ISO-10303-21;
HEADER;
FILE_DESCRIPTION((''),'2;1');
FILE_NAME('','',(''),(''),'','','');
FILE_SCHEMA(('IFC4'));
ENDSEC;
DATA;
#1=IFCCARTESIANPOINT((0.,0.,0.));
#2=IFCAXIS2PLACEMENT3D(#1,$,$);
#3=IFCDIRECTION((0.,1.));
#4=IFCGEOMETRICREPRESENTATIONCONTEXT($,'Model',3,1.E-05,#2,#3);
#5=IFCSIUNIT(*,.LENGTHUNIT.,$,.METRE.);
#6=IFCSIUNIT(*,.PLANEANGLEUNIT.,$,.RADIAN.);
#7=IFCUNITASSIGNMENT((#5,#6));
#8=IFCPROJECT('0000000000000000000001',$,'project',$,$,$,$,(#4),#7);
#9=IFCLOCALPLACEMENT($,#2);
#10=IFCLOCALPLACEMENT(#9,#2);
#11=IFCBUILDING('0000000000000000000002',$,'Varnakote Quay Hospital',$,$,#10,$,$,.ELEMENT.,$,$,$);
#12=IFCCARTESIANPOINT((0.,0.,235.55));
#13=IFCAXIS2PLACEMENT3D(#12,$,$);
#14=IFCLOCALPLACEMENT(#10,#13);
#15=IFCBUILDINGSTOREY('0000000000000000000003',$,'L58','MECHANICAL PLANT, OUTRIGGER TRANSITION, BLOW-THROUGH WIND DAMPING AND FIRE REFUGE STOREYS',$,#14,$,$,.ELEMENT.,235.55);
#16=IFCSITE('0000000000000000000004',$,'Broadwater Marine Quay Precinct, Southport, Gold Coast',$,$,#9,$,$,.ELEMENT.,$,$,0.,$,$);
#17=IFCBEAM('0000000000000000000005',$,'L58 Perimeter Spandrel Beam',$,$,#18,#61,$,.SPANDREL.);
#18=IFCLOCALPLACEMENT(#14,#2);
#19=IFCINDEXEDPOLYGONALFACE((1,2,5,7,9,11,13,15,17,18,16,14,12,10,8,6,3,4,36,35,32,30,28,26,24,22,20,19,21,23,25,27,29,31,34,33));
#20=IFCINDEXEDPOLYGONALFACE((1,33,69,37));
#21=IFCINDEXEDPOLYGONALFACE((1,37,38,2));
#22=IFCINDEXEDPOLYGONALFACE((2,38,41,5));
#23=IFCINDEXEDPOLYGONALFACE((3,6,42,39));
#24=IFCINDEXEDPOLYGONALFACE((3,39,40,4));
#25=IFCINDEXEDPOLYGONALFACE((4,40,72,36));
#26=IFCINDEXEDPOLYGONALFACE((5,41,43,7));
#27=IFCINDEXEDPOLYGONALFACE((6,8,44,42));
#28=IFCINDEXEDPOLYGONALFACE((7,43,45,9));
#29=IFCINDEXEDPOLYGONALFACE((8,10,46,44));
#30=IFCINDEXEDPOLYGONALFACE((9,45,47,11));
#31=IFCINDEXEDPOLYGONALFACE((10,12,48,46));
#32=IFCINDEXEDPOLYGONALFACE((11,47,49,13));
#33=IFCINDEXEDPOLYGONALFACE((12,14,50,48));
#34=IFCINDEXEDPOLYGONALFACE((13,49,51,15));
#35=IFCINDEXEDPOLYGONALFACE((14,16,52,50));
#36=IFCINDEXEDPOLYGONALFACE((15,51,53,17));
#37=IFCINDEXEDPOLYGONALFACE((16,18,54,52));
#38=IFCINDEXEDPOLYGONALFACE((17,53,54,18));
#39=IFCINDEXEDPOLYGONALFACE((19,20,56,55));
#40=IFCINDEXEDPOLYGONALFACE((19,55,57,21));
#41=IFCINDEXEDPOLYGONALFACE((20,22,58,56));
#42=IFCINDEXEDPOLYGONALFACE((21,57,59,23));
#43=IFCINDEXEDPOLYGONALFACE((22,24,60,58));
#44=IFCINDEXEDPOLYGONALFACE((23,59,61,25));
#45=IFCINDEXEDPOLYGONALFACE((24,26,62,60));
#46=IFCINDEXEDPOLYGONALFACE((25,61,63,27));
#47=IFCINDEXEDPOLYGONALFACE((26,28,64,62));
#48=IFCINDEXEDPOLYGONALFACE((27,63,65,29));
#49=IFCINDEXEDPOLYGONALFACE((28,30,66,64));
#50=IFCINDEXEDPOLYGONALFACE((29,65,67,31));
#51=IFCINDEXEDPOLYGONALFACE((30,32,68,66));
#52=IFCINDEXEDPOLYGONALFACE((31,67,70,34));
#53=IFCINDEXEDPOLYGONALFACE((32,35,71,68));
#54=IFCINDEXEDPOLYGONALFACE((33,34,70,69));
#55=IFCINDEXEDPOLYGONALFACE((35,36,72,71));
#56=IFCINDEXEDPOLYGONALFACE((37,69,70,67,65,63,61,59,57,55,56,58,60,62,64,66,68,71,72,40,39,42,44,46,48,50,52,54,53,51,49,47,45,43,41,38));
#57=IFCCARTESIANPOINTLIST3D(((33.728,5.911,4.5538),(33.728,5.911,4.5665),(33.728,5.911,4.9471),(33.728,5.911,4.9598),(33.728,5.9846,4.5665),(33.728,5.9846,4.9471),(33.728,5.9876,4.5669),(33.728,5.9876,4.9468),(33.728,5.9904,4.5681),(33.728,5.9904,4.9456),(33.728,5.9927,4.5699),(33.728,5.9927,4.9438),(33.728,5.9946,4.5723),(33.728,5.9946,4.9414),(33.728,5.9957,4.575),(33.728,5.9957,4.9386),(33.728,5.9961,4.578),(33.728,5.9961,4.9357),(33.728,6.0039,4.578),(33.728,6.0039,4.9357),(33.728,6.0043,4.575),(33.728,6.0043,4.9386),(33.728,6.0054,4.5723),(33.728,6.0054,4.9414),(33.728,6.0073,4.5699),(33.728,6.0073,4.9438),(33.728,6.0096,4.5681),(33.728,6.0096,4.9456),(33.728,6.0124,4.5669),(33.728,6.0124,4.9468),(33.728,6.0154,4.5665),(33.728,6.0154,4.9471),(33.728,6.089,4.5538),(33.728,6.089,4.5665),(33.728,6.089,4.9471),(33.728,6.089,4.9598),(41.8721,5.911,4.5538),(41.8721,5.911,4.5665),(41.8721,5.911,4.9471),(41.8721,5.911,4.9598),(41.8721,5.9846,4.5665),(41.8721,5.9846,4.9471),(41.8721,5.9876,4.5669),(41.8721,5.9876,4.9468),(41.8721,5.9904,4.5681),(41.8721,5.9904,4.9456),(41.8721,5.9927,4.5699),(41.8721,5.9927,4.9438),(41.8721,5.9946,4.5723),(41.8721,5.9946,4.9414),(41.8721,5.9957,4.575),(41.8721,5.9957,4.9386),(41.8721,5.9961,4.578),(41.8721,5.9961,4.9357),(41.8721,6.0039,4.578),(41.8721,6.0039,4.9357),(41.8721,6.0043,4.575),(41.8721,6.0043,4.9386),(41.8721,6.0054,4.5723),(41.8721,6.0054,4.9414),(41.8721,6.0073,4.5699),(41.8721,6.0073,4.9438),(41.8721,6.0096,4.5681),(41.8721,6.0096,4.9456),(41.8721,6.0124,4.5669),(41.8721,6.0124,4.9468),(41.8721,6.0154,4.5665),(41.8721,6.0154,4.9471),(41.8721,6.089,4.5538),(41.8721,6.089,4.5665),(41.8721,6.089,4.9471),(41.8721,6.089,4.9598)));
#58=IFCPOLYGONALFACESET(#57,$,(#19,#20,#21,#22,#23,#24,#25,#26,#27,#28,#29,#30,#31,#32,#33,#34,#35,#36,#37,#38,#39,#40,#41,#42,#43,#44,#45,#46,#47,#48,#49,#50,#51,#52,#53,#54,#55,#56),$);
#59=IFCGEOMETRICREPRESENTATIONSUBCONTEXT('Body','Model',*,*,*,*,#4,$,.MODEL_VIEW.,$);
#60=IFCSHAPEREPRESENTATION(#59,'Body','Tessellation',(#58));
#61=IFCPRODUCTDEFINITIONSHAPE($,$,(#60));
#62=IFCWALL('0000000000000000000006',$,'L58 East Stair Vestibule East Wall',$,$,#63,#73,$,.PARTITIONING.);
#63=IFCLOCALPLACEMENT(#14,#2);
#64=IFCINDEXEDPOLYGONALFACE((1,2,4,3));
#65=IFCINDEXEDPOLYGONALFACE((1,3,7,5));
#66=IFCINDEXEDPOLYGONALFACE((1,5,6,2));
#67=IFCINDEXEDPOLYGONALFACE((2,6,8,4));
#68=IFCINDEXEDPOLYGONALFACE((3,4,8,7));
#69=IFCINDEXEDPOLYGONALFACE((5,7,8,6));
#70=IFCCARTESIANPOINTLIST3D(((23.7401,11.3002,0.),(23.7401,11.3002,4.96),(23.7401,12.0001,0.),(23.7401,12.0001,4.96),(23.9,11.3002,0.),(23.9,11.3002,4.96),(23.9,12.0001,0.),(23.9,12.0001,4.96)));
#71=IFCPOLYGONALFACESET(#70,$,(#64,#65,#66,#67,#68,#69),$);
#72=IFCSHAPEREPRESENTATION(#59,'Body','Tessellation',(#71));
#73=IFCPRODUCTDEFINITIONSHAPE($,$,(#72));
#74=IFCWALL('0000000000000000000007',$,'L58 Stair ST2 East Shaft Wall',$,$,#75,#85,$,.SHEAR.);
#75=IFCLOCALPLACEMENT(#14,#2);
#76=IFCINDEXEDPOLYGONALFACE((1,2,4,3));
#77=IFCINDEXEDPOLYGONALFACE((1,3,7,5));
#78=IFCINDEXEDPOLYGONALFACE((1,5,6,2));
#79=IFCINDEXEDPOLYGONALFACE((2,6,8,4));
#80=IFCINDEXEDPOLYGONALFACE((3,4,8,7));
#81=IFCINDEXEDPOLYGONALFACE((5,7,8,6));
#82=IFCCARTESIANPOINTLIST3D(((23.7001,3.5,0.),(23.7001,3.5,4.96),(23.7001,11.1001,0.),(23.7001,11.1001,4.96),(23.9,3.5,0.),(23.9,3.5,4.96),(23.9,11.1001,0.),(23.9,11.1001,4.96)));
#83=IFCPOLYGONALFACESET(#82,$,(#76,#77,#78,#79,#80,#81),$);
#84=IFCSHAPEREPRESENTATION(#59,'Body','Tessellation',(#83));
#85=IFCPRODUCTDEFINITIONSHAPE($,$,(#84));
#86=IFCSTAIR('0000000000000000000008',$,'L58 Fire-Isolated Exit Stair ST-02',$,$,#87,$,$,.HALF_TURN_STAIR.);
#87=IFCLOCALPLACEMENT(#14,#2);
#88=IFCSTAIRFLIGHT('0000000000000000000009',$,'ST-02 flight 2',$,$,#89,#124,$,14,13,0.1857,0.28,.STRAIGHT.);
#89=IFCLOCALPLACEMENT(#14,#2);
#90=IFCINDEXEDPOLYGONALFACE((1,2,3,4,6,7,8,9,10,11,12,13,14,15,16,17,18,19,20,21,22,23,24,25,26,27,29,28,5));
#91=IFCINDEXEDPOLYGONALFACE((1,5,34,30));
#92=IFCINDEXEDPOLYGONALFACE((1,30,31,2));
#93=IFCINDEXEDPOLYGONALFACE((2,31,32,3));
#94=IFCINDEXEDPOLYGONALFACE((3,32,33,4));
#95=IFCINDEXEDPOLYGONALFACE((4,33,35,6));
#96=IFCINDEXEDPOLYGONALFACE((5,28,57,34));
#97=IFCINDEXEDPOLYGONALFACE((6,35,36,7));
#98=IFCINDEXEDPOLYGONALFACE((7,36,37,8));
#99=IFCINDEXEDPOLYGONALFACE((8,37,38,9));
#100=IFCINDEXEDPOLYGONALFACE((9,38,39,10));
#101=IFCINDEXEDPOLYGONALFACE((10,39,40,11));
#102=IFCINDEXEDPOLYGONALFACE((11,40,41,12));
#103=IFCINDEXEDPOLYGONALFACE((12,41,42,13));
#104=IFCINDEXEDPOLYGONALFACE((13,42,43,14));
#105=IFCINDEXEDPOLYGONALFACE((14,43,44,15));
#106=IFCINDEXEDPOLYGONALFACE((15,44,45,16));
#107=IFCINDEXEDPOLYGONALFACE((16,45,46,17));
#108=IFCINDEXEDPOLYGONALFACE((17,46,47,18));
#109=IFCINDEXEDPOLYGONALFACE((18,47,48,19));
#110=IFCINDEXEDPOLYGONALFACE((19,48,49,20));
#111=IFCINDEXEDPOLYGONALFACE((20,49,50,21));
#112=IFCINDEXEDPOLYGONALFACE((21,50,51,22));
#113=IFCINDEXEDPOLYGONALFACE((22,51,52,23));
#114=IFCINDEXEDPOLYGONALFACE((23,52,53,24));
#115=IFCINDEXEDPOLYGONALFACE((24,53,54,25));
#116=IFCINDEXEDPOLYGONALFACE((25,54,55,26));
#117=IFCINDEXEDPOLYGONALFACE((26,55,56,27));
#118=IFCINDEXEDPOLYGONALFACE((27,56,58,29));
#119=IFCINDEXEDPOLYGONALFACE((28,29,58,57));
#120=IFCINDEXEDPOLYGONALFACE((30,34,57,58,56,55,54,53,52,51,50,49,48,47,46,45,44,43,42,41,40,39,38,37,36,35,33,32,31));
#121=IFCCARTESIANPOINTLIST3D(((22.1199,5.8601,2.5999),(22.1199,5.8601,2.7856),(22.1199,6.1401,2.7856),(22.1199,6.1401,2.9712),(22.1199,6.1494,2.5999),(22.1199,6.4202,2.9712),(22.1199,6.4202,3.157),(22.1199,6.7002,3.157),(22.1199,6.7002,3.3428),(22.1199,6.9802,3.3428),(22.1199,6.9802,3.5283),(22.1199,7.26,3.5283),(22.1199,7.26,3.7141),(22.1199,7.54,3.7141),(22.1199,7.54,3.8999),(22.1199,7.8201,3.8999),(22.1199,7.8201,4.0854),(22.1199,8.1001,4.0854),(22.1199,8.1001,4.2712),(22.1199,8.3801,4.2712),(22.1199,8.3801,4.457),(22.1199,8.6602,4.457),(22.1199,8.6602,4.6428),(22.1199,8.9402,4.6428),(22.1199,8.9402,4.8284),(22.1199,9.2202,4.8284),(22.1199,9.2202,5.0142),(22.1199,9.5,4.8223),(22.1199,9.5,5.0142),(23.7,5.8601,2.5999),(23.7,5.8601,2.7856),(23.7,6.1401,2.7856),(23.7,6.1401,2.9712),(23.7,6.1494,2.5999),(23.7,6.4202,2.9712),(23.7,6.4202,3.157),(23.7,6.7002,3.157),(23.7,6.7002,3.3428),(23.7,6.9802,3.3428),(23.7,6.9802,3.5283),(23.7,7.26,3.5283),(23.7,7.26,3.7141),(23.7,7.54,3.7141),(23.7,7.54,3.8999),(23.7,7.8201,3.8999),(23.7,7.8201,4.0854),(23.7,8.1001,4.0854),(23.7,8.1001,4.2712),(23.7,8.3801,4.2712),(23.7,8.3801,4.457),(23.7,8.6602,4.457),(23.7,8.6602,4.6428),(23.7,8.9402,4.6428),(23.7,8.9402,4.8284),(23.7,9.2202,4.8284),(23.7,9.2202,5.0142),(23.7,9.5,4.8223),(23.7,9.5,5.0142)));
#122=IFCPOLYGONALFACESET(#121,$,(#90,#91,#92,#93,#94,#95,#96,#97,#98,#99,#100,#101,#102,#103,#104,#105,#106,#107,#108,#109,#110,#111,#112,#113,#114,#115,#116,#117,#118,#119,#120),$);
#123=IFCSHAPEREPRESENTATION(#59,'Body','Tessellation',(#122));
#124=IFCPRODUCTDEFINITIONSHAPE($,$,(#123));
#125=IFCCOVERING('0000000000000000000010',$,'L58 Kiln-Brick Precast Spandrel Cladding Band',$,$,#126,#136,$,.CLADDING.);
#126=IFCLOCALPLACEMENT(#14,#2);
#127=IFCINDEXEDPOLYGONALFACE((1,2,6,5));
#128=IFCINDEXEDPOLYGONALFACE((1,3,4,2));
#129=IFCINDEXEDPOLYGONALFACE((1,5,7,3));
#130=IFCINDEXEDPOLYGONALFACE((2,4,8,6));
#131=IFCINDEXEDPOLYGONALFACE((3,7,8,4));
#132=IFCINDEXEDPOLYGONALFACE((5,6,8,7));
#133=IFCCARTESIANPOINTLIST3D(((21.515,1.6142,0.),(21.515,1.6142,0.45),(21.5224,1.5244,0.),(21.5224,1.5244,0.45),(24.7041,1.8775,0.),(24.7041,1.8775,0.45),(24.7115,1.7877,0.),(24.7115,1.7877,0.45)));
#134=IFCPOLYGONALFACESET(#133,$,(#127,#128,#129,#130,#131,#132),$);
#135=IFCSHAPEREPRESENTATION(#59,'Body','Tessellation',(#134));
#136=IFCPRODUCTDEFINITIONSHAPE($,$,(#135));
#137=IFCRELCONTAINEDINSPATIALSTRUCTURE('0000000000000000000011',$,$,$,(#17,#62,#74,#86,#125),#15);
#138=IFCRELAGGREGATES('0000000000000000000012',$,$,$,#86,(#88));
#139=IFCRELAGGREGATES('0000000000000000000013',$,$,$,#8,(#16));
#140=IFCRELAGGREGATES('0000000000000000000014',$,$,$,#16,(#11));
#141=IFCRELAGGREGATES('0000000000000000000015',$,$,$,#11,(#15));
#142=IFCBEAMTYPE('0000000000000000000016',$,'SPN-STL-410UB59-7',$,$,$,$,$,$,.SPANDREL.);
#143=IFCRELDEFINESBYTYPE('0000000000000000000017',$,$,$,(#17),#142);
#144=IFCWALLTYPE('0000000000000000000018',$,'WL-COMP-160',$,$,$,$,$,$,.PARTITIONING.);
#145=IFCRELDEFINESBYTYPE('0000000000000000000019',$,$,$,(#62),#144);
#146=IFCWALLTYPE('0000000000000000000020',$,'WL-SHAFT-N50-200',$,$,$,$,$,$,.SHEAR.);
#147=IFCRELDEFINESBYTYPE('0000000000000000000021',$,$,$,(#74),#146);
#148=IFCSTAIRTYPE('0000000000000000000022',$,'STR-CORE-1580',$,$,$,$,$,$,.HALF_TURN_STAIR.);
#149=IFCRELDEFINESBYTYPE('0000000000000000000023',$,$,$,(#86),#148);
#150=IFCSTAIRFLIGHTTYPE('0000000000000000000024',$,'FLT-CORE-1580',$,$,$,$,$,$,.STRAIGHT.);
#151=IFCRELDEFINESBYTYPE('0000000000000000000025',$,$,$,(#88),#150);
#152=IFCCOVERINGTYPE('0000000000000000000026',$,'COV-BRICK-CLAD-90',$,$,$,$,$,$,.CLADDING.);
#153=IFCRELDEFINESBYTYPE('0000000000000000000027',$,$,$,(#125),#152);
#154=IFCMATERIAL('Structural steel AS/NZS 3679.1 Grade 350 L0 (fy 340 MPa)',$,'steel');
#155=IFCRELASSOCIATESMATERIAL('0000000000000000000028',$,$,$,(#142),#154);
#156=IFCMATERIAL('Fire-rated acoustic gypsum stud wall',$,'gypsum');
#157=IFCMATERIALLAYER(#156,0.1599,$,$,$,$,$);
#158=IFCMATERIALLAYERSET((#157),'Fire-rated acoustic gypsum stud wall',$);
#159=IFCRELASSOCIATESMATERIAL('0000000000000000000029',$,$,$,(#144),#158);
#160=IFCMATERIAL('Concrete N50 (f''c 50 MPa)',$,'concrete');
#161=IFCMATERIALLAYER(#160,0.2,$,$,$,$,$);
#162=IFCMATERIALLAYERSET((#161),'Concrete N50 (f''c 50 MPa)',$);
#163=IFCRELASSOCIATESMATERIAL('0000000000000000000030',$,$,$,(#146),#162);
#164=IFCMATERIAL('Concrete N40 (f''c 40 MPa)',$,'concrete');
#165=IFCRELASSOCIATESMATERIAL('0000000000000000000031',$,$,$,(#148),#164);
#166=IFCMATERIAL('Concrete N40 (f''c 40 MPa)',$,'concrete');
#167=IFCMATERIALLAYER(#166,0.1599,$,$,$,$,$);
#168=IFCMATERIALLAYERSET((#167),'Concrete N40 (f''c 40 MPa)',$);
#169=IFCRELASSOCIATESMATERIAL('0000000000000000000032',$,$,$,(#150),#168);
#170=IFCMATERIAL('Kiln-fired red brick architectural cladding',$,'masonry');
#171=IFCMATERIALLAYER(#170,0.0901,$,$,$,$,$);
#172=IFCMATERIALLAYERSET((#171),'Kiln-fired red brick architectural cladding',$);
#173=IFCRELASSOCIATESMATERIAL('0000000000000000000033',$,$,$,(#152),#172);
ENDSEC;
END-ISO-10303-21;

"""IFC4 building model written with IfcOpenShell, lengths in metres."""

from ifc_helpers import new_model, si_unit, direction, frame, frame_2d, origin, origin_2d, place, context, subcontext, project, spatial, polyline, rectangle, i_section, outline, extrude, material, layer, layer_set, material_profile, profile_set, type_object, element, aggregate, save


model = new_model("IFC4")

# Units and contexts
model_context = context("Model", 3, precision=1e-05, world=origin(), true_north=direction((0.0, 1.0)))
body_context = subcontext(model_context, "Body", "Model", "MODEL_VIEW")
ifc_project = project(units=[si_unit("LENGTHUNIT", "METRE"), si_unit("PLANEANGLEUNIT", "RADIAN")], contexts=[model_context])

# Site, building, storey
site_placement = place(None, origin())
site = spatial("IfcSite", under=ifc_project, at=site_placement, Name="Broadwater Marine Quay Precinct, Southport, Gold Coast", CompositionType="ELEMENT", RefElevation=0.0)
building_placement = place(site_placement, origin())
building = spatial("IfcBuilding", under=site, at=building_placement, Name="Varnakote Quay Hospital", CompositionType="ELEMENT")
storey_placement = place(building_placement, frame((0.0, 0.0, 235.55)))
storey = spatial("IfcBuildingStorey", under=building, at=storey_placement, Name="L58", Description="MECHANICAL PLANT, OUTRIGGER TRANSITION, BLOW-THROUGH WIND DAMPING AND FIRE REFUGE STOREYS", CompositionType="ELEMENT", Elevation=235.55)

# Beam
ifc_material_1 = material(Name="Structural steel AS/NZS 3679.1 Grade 350 L0 (fy 340 MPa)", Category="steel")
ifc_material_profile_1 = material_profile(ifc_material_1, i_section(OverallWidth=0.178, OverallDepth=0.406, WebThickness=0.0078, FlangeThickness=0.0127, FilletRadius=0.0115, at=origin_2d()), Name="410UB59.7")
ifc_profile_set_1 = profile_set([ifc_material_profile_1], Name="Structural steel AS/NZS 3679.1 Grade 350 L0 (fy 340 MPa)")
beam_type_1 = type_object("IfcBeamType", Name="SPN-STL-410UB59-7", PredefinedType="SPANDREL", material=ifc_profile_set_1)
for number, where, z_axis, x_axis, name in (
    (1, (33.728, 6.0, 4.7568), (1.0, 0.0, 0.0), (0.0, 1.0, 0.0), "L58 Perimeter Spandrel Beam"),
):
    element("IfcBeam", number, at=place(storey_placement, frame(where, z_axis=z_axis, x_axis=x_axis)), inside=storey, type_object=beam_type_1, Name=name, PredefinedType="SPANDREL", context=body_context, shape_type="SweptSolid", body=[
        extrude(i_section(OverallWidth=0.178, OverallDepth=0.406, WebThickness=0.0078, FlangeThickness=0.0127, FilletRadius=0.0115, at=origin_2d()), origin(), (0.0, 0.0, 1.0), 8.144),
    ])

# Walls
ifc_material_2 = material(Name="Fire-rated acoustic gypsum stud wall", Category="gypsum")
ifc_layer_1 = layer(ifc_material_2, 0.1599)
ifc_layer_set_1 = layer_set([ifc_layer_1], Name="Fire-rated acoustic gypsum stud wall")
wall_type_1 = type_object("IfcWallType", Name="WL-COMP-160", PredefinedType="PARTITIONING", material=ifc_layer_set_1)
wall_1_placement = place(storey_placement, frame((23.8201, 11.3, 0.0), z_axis=(0.0, 0.0, 1.0), x_axis=(0.0, 1.0, 0.0)))
element("IfcWall", 2, at=wall_1_placement, inside=storey, type_object=wall_type_1, Name="L58 East Stair Vestibule East Wall", PredefinedType="PARTITIONING", context=body_context, shape_type="SweptSolid", body=[
    extrude(rectangle(XDim=0.7, YDim=0.1599, at=frame_2d((0.3501, 0.0))), origin(), (0.0, 0.0, 1.0), 4.96),
])
ifc_material_3 = material(Name="Concrete N50 (f'c 50 MPa)", Category="concrete")
ifc_layer_2 = layer(ifc_material_3, 0.2)
ifc_layer_set_2 = layer_set([ifc_layer_2], Name="Concrete N50 (f'c 50 MPa)")
wall_type_2 = type_object("IfcWallType", Name="WL-SHAFT-N50-200", PredefinedType="SHEAR", material=ifc_layer_set_2)
wall_2_placement = place(storey_placement, frame((23.8, 3.5, 0.0), z_axis=(0.0, 0.0, 1.0), x_axis=(0.0, 1.0, 0.0)))
element("IfcWall", 3, at=wall_2_placement, inside=storey, type_object=wall_type_2, Name="L58 Stair ST2 East Shaft Wall", PredefinedType="SHEAR", context=body_context, shape_type="SweptSolid", body=[
    extrude(rectangle(XDim=7.6001, YDim=0.2, at=frame_2d((3.8, 0.0))), origin(), (0.0, 0.0, 1.0), 4.96),
])

# Stair, stair flight
ifc_material_4 = material(Name="Concrete N40 (f'c 40 MPa)", Category="concrete")
stair_type = type_object("IfcStairType", Name="STR-CORE-1580", PredefinedType="HALF_TURN_STAIR", material=ifc_material_4)
stair_placement = place(storey_placement, origin())
stair = element("IfcStair", 4, at=stair_placement, inside=storey, type_object=stair_type, Name="L58 Fire-Isolated Exit Stair ST-02", PredefinedType="HALF_TURN_STAIR")
ifc_material_5 = material(Name="Concrete N40 (f'c 40 MPa)", Category="concrete")
ifc_layer_3 = layer(ifc_material_5, 0.1599)
ifc_layer_set_3 = layer_set([ifc_layer_3], Name="Concrete N40 (f'c 40 MPa)")
stair_flight_type = type_object("IfcStairFlightType", Name="FLT-CORE-1580", PredefinedType="STRAIGHT", material=ifc_layer_set_3)
stair_flight_placement = place(storey_placement, frame((22.9099, 5.8601, 2.5999), z_axis=(0.0, 0.0, 1.0), x_axis=(0.0, 1.0, 0.0)))
stair_flight = element("IfcStairFlight", 5, at=stair_flight_placement, type_object=stair_flight_type, Name="ST-02 flight 2", NumberOfRisers=14, NumberOfTreads=13, PredefinedType="STRAIGHT", RiserHeight=0.1857, TreadLength=0.28, context=body_context, shape_type="SweptSolid", body=[
    extrude(outline(polyline([(0.0, 0.0), (0.0, 0.1858), (0.28, 0.1858), (0.28, 0.3713), (0.5601, 0.3713), (0.5601, 0.5571), (0.8401, 0.5571), (0.8401, 0.7429), (1.1201, 0.7429), (1.1201, 0.9285), (1.3999, 0.9285), (1.3999, 1.1143), (1.6799, 1.1143), (1.6799, 1.3), (1.96, 1.3), (1.96, 1.4856), (2.24, 1.4856), (2.24, 1.6714), (2.52, 1.6714), (2.52, 1.8572), (2.8, 1.8572), (2.8, 2.043), (3.0801, 2.043), (3.0801, 2.2285), (3.3601, 2.2285), (3.3601, 2.4143), (3.6399, 2.4143), (3.6399, 2.6001), (3.6399, 2.2224), (0.2893, 0.0), (0.0, 0.0)])), frame((0.0, 0.79, 0.0), z_axis=(0.0, -1.0, 0.0), x_axis=(1.0, 0.0, 0.0)), (0.0, 0.0, 1.0), 1.5801),
])
aggregate(stair, [stair_flight])

# Covering
ifc_material_6 = material(Name="Kiln-fired red brick architectural cladding", Category="masonry")
ifc_layer_4 = layer(ifc_material_6, 0.0901)
ifc_layer_set_4 = layer_set([ifc_layer_4], Name="Kiln-fired red brick architectural cladding")
covering_type = type_object("IfcCoveringType", Name="COV-BRICK-CLAD-90", PredefinedType="CLADDING", material=ifc_layer_set_4)
covering_placement = place(storey_placement, frame((23.1133, 1.7009, 0.0), z_axis=(0.0, 0.0, 1.0), x_axis=(0.996609, 0.082286, 0.0)))
element("IfcCovering", 6, at=covering_placement, inside=storey, type_object=covering_type, Name="L58 Kiln-Brick Precast Spandrel Cladding Band", PredefinedType="CLADDING", context=body_context, shape_type="SweptSolid", body=[
    extrude(rectangle(XDim=3.2, YDim=0.0901, at=origin_2d()), origin(), (0.0, 0.0, 1.0), 0.45),
])

save(model, "model.ifc")
